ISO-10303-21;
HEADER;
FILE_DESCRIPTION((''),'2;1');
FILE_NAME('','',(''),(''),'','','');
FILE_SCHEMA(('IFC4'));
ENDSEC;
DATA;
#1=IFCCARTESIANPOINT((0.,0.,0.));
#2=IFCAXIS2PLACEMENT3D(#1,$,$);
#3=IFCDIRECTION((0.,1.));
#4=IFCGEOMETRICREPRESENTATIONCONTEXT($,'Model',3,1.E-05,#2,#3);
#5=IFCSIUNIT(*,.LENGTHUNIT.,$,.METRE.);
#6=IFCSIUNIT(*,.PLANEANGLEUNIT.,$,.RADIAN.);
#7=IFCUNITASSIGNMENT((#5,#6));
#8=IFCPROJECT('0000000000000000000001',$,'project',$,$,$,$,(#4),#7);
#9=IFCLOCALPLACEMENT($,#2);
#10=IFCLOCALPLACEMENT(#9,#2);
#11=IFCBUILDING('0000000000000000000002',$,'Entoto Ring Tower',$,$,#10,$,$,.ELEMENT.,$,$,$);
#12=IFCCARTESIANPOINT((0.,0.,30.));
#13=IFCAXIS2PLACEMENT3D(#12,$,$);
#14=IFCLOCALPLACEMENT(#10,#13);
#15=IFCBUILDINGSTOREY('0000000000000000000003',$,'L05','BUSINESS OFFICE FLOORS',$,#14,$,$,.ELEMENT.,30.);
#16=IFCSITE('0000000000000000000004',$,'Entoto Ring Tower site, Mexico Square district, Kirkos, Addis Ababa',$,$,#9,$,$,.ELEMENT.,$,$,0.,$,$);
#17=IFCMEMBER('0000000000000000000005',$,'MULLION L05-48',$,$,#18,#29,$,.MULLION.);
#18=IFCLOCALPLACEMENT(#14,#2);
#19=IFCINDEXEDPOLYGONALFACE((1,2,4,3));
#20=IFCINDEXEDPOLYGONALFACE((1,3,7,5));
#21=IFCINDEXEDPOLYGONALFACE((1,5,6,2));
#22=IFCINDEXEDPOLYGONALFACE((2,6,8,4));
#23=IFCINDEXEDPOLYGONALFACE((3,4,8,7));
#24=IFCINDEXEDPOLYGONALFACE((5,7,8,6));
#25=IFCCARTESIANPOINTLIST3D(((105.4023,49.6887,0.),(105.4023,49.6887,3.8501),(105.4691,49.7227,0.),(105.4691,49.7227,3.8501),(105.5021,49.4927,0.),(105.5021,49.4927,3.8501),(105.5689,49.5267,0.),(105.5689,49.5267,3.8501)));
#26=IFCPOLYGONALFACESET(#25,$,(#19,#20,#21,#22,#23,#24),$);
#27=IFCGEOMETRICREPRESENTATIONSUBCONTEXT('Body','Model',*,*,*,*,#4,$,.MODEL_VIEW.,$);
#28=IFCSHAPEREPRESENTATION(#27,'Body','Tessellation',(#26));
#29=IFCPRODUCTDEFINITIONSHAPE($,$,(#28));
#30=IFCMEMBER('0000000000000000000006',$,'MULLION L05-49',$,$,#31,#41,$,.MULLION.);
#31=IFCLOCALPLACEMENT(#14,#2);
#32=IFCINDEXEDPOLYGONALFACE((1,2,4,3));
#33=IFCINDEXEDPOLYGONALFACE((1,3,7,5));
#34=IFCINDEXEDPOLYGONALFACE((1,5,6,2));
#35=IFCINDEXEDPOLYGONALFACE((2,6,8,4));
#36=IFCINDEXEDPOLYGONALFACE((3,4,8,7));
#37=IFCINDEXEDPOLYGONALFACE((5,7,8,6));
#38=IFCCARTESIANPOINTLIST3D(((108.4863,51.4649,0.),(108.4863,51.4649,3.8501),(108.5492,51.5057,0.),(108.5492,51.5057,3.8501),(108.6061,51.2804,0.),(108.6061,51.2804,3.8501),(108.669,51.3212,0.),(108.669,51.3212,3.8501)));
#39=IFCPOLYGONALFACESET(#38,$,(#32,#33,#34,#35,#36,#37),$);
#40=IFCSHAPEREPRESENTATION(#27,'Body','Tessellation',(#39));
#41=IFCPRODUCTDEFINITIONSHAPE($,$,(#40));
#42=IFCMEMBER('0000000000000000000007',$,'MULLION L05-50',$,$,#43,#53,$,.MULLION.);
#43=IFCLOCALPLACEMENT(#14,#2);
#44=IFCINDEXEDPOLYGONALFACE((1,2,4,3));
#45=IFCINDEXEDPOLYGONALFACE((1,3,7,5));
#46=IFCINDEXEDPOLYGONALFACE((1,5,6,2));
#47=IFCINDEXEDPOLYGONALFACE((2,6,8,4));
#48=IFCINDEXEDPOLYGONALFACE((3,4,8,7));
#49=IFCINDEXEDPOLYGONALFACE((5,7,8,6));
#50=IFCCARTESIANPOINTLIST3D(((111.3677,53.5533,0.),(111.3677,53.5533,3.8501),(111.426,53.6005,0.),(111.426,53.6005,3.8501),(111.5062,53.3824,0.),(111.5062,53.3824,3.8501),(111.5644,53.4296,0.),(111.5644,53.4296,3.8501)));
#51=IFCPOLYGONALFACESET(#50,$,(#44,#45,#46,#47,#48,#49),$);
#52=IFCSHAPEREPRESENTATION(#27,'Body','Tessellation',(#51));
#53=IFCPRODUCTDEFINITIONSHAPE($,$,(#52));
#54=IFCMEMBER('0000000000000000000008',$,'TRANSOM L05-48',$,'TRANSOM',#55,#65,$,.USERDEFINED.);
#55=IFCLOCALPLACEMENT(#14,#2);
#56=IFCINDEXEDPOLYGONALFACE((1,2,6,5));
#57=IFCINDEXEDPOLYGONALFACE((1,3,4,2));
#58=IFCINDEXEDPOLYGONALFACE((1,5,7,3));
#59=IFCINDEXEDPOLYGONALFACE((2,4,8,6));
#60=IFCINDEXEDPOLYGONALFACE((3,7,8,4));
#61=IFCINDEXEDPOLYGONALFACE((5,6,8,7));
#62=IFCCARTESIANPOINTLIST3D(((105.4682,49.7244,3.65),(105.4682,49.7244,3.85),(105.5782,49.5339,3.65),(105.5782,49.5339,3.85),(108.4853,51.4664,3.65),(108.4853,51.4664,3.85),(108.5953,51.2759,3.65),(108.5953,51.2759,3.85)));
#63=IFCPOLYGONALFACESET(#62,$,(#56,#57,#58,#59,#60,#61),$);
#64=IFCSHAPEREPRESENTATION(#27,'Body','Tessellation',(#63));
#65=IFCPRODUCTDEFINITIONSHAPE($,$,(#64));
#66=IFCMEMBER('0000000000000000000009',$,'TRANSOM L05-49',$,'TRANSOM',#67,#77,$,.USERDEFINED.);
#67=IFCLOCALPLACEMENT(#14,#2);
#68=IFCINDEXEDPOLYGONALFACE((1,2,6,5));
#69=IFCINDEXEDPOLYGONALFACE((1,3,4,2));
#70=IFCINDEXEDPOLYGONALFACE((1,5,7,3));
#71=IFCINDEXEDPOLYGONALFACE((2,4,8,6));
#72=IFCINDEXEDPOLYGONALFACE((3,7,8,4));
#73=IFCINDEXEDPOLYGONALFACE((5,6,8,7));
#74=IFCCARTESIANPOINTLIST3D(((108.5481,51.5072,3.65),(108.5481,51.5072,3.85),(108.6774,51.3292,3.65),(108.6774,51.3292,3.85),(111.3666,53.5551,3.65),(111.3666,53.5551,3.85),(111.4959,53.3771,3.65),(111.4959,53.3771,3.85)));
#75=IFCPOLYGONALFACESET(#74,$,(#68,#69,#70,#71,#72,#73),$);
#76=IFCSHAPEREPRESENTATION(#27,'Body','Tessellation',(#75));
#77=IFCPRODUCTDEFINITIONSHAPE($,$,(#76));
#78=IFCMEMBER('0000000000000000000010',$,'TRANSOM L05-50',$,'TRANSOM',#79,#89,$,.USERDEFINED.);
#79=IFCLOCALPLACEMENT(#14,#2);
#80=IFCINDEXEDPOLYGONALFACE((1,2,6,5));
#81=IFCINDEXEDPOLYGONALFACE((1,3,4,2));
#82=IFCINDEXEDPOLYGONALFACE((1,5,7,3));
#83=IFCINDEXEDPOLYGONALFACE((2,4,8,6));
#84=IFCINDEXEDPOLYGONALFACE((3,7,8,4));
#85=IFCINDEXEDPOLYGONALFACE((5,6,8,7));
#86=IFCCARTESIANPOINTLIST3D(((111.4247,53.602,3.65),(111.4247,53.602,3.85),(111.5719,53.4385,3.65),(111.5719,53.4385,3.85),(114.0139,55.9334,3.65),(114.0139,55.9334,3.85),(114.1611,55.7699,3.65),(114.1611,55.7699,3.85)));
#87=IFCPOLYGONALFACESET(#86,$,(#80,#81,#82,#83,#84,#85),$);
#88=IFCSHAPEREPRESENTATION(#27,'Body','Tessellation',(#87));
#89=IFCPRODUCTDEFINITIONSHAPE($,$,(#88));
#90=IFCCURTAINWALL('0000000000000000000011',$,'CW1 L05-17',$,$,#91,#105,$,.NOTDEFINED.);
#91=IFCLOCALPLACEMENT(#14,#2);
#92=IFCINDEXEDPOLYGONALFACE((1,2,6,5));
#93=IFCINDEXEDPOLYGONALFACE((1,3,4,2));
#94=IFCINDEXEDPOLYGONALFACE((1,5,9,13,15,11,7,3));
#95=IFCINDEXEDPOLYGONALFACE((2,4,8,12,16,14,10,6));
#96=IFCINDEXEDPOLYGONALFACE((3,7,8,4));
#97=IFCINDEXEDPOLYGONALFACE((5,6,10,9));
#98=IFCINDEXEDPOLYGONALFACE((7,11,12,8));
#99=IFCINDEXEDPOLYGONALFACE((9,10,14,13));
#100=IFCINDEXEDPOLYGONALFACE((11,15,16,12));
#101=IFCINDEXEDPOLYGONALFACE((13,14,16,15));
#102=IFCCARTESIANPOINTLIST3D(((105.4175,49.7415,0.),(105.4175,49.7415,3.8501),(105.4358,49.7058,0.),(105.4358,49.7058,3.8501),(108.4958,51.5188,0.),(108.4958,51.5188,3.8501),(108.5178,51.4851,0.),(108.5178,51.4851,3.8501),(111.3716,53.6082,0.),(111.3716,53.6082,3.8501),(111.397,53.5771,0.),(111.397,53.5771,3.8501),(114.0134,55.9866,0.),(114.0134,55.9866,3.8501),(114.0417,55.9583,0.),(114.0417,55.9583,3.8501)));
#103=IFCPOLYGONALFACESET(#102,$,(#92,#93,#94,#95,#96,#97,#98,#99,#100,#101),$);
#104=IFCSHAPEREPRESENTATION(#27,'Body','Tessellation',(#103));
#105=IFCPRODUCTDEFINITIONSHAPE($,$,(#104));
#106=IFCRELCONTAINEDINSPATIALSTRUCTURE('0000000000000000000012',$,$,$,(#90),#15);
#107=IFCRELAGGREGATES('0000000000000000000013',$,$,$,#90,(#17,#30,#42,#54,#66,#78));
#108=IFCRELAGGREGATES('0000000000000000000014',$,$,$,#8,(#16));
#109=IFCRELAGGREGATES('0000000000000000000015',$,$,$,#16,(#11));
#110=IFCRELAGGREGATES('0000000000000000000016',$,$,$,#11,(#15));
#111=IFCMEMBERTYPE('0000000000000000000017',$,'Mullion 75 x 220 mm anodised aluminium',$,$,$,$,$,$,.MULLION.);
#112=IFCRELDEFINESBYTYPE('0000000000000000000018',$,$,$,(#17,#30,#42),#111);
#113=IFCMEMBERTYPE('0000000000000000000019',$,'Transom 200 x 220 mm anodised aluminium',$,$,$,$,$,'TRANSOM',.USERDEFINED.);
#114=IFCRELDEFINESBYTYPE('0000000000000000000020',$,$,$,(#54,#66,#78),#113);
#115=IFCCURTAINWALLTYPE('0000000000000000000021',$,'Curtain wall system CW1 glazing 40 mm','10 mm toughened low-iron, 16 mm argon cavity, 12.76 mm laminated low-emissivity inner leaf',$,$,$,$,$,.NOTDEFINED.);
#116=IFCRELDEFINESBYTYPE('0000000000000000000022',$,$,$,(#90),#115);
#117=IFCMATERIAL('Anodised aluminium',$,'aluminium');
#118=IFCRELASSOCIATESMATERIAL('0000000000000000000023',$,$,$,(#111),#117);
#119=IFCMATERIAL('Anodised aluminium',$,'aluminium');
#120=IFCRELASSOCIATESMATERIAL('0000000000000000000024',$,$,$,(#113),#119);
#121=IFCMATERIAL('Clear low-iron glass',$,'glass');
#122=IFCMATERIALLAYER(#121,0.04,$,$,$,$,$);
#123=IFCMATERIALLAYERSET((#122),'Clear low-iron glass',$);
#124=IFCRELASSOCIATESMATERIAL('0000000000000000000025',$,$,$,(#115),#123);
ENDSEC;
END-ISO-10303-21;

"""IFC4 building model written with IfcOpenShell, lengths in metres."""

from ifc_helpers import new_model, si_unit, direction, frame, origin, origin_2d, place, context, subcontext, project, spatial, polyline, rectangle, outline, extrude, material, layer, layer_set, material_profile, profile_set, type_object, element, aggregate, save


model = new_model("IFC4")

# Units and contexts
model_context = context("Model", 3, precision=1e-05, world=origin(), true_north=direction((0.0, 1.0)))
body_context = subcontext(model_context, "Body", "Model", "MODEL_VIEW")
ifc_project = project(units=[si_unit("LENGTHUNIT", "METRE"), si_unit("PLANEANGLEUNIT", "RADIAN")], contexts=[model_context])

# Members
ifc_material_1 = material(Name="Anodised aluminium", Category="aluminium")
ifc_material_profile_1 = material_profile(ifc_material_1, rectangle(XDim=0.075, YDim=0.22, at=origin_2d()), Name="Mullion 75 x 220 mm anodised aluminium")
ifc_profile_set_1 = profile_set([ifc_material_profile_1], Name="Anodised aluminium")
member_type_1 = type_object("IfcMemberType", Name="Mullion 75 x 220 mm anodised aluminium", PredefinedType="MULLION", material=ifc_profile_set_1)
site_placement = place(None, origin())
building_placement = place(site_placement, origin())
storey_placement = place(building_placement, frame((0.0, 0.0, 30.0)))
member_1_placement = place(storey_placement, frame((105.4856, 49.6077, 0.0), z_axis=(0.0, 0.0, 1.0), x_axis=(0.891007, 0.45399, 0.0)))
member_1 = element("IfcMember", 1, at=member_1_placement, type_object=member_type_1, Name="MULLION L05-48", PredefinedType="MULLION", context=body_context, shape_type="SweptSolid", body=[
    extrude(rectangle(XDim=0.075, YDim=0.22, at=origin_2d()), origin(), (0.0, 0.0, 1.0), 3.8501),
])
member_2_placement = place(storey_placement, frame((108.5776, 51.3931, 0.0), z_axis=(0.0, 0.0, 1.0), x_axis=(0.838671, 0.544639, 0.0)))
member_2 = element("IfcMember", 2, at=member_2_placement, type_object=member_type_1, Name="MULLION L05-49", PredefinedType="MULLION", context=body_context, shape_type="SweptSolid", body=[
    extrude(rectangle(XDim=0.075, YDim=0.22, at=origin_2d()), origin(), (0.0, 0.0, 1.0), 3.8501),
])
member_3_placement = place(storey_placement, frame((111.4661, 53.4915, 0.0), z_axis=(0.0, 0.0, 1.0), x_axis=(0.777146, 0.62932, 0.0)))
member_3 = element("IfcMember", 3, at=member_3_placement, type_object=member_type_1, Name="MULLION L05-50", PredefinedType="MULLION", context=body_context, shape_type="SweptSolid", body=[
    extrude(rectangle(XDim=0.075, YDim=0.22, at=origin_2d()), origin(), (0.0, 0.0, 1.0), 3.8501),
])
ifc_material_2 = material(Name="Anodised aluminium", Category="aluminium")
ifc_material_profile_2 = material_profile(ifc_material_2, rectangle(XDim=0.22, YDim=0.2, at=origin_2d()), Name="Transom 200 x 220 mm anodised aluminium")
ifc_profile_set_2 = profile_set([ifc_material_profile_2], Name="Anodised aluminium")
member_type_2 = type_object("IfcMemberType", Name="Transom 200 x 220 mm anodised aluminium", ElementType="TRANSOM", PredefinedType="USERDEFINED", material=ifc_profile_set_2)
member_4_placement = place(storey_placement, frame((105.5232, 49.6292, 3.75), z_axis=(0.866022, 0.500006, 0.0), x_axis=(-0.500006, 0.866022, 0.0)))
member_4 = element("IfcMember", 4, at=member_4_placement, type_object=member_type_2, Name="TRANSOM L05-48", ObjectType="TRANSOM", PredefinedType="USERDEFINED", context=body_context, shape_type="SweptSolid", body=[
    extrude(rectangle(XDim=0.22, YDim=0.2, at=origin_2d()), origin(), (0.0, 0.0, 1.0), 3.4839),
])
member_5_placement = place(storey_placement, frame((108.6128, 51.4182, 3.75), z_axis=(0.808991, 0.587822, 0.0), x_axis=(-0.587822, 0.808991, 0.0)))
member_5 = element("IfcMember", 5, at=member_5_placement, type_object=member_type_2, Name="TRANSOM L05-49", ObjectType="TRANSOM", PredefinedType="USERDEFINED", context=body_context, shape_type="SweptSolid", body=[
    extrude(rectangle(XDim=0.22, YDim=0.2, at=origin_2d()), origin(), (0.0, 0.0, 1.0), 3.4839),
])
member_6_placement = place(storey_placement, frame((111.4983, 53.5203, 3.75), z_axis=(0.743137, 0.669139, 0.0), x_axis=(-0.669139, 0.743137, 0.0)))
member_6 = element("IfcMember", 6, at=member_6_placement, type_object=member_type_2, Name="TRANSOM L05-50", ObjectType="TRANSOM", PredefinedType="USERDEFINED", context=body_context, shape_type="SweptSolid", body=[
    extrude(rectangle(XDim=0.22, YDim=0.2, at=origin_2d()), origin(), (0.0, 0.0, 1.0), 3.4841),
])

# Site, building, storey
site = spatial("IfcSite", under=ifc_project, at=site_placement, Name="Entoto Ring Tower site, Mexico Square district, Kirkos, Addis Ababa", CompositionType="ELEMENT", RefElevation=0.0)
building = spatial("IfcBuilding", under=site, at=building_placement, Name="Entoto Ring Tower", CompositionType="ELEMENT")
storey = spatial("IfcBuildingStorey", under=building, at=storey_placement, Name="L05", Description="BUSINESS OFFICE FLOORS", CompositionType="ELEMENT", Elevation=30.0)

# Curtain wall
ifc_material_3 = material(Name="Clear low-iron glass", Category="glass")
ifc_layer_1 = layer(ifc_material_3, 0.04)
ifc_layer_set_1 = layer_set([ifc_layer_1], Name="Clear low-iron glass")
curtain_wall_type = type_object("IfcCurtainWallType", Name="Curtain wall system CW1 glazing 40 mm", Description="10 mm toughened low-iron, 16 mm argon cavity, 12.76 mm laminated low-emissivity inner leaf", PredefinedType="NOTDEFINED", material=ifc_layer_set_1)
curtain_wall_1_placement = place(storey_placement, origin())
curtain_wall_1 = element("IfcCurtainWall", 7, at=curtain_wall_1_placement, inside=storey, type_object=curtain_wall_type, Name="CW1 L05-17", PredefinedType="NOTDEFINED", context=body_context, shape_type="SweptSolid", body=[
    extrude(outline(polyline([(105.4358, 49.7058), (108.5178, 51.4851), (111.397, 53.5771), (114.0417, 55.9583), (114.0134, 55.9866), (111.3716, 53.6082), (108.4958, 51.5188), (105.4175, 49.7415), (105.4358, 49.7058)])), origin(), (0.0, 0.0, 1.0), 3.8501),
])
aggregate(curtain_wall_1, [member_1, member_2, member_3, member_4, member_5, member_6])

save(model, "model.ifc")
